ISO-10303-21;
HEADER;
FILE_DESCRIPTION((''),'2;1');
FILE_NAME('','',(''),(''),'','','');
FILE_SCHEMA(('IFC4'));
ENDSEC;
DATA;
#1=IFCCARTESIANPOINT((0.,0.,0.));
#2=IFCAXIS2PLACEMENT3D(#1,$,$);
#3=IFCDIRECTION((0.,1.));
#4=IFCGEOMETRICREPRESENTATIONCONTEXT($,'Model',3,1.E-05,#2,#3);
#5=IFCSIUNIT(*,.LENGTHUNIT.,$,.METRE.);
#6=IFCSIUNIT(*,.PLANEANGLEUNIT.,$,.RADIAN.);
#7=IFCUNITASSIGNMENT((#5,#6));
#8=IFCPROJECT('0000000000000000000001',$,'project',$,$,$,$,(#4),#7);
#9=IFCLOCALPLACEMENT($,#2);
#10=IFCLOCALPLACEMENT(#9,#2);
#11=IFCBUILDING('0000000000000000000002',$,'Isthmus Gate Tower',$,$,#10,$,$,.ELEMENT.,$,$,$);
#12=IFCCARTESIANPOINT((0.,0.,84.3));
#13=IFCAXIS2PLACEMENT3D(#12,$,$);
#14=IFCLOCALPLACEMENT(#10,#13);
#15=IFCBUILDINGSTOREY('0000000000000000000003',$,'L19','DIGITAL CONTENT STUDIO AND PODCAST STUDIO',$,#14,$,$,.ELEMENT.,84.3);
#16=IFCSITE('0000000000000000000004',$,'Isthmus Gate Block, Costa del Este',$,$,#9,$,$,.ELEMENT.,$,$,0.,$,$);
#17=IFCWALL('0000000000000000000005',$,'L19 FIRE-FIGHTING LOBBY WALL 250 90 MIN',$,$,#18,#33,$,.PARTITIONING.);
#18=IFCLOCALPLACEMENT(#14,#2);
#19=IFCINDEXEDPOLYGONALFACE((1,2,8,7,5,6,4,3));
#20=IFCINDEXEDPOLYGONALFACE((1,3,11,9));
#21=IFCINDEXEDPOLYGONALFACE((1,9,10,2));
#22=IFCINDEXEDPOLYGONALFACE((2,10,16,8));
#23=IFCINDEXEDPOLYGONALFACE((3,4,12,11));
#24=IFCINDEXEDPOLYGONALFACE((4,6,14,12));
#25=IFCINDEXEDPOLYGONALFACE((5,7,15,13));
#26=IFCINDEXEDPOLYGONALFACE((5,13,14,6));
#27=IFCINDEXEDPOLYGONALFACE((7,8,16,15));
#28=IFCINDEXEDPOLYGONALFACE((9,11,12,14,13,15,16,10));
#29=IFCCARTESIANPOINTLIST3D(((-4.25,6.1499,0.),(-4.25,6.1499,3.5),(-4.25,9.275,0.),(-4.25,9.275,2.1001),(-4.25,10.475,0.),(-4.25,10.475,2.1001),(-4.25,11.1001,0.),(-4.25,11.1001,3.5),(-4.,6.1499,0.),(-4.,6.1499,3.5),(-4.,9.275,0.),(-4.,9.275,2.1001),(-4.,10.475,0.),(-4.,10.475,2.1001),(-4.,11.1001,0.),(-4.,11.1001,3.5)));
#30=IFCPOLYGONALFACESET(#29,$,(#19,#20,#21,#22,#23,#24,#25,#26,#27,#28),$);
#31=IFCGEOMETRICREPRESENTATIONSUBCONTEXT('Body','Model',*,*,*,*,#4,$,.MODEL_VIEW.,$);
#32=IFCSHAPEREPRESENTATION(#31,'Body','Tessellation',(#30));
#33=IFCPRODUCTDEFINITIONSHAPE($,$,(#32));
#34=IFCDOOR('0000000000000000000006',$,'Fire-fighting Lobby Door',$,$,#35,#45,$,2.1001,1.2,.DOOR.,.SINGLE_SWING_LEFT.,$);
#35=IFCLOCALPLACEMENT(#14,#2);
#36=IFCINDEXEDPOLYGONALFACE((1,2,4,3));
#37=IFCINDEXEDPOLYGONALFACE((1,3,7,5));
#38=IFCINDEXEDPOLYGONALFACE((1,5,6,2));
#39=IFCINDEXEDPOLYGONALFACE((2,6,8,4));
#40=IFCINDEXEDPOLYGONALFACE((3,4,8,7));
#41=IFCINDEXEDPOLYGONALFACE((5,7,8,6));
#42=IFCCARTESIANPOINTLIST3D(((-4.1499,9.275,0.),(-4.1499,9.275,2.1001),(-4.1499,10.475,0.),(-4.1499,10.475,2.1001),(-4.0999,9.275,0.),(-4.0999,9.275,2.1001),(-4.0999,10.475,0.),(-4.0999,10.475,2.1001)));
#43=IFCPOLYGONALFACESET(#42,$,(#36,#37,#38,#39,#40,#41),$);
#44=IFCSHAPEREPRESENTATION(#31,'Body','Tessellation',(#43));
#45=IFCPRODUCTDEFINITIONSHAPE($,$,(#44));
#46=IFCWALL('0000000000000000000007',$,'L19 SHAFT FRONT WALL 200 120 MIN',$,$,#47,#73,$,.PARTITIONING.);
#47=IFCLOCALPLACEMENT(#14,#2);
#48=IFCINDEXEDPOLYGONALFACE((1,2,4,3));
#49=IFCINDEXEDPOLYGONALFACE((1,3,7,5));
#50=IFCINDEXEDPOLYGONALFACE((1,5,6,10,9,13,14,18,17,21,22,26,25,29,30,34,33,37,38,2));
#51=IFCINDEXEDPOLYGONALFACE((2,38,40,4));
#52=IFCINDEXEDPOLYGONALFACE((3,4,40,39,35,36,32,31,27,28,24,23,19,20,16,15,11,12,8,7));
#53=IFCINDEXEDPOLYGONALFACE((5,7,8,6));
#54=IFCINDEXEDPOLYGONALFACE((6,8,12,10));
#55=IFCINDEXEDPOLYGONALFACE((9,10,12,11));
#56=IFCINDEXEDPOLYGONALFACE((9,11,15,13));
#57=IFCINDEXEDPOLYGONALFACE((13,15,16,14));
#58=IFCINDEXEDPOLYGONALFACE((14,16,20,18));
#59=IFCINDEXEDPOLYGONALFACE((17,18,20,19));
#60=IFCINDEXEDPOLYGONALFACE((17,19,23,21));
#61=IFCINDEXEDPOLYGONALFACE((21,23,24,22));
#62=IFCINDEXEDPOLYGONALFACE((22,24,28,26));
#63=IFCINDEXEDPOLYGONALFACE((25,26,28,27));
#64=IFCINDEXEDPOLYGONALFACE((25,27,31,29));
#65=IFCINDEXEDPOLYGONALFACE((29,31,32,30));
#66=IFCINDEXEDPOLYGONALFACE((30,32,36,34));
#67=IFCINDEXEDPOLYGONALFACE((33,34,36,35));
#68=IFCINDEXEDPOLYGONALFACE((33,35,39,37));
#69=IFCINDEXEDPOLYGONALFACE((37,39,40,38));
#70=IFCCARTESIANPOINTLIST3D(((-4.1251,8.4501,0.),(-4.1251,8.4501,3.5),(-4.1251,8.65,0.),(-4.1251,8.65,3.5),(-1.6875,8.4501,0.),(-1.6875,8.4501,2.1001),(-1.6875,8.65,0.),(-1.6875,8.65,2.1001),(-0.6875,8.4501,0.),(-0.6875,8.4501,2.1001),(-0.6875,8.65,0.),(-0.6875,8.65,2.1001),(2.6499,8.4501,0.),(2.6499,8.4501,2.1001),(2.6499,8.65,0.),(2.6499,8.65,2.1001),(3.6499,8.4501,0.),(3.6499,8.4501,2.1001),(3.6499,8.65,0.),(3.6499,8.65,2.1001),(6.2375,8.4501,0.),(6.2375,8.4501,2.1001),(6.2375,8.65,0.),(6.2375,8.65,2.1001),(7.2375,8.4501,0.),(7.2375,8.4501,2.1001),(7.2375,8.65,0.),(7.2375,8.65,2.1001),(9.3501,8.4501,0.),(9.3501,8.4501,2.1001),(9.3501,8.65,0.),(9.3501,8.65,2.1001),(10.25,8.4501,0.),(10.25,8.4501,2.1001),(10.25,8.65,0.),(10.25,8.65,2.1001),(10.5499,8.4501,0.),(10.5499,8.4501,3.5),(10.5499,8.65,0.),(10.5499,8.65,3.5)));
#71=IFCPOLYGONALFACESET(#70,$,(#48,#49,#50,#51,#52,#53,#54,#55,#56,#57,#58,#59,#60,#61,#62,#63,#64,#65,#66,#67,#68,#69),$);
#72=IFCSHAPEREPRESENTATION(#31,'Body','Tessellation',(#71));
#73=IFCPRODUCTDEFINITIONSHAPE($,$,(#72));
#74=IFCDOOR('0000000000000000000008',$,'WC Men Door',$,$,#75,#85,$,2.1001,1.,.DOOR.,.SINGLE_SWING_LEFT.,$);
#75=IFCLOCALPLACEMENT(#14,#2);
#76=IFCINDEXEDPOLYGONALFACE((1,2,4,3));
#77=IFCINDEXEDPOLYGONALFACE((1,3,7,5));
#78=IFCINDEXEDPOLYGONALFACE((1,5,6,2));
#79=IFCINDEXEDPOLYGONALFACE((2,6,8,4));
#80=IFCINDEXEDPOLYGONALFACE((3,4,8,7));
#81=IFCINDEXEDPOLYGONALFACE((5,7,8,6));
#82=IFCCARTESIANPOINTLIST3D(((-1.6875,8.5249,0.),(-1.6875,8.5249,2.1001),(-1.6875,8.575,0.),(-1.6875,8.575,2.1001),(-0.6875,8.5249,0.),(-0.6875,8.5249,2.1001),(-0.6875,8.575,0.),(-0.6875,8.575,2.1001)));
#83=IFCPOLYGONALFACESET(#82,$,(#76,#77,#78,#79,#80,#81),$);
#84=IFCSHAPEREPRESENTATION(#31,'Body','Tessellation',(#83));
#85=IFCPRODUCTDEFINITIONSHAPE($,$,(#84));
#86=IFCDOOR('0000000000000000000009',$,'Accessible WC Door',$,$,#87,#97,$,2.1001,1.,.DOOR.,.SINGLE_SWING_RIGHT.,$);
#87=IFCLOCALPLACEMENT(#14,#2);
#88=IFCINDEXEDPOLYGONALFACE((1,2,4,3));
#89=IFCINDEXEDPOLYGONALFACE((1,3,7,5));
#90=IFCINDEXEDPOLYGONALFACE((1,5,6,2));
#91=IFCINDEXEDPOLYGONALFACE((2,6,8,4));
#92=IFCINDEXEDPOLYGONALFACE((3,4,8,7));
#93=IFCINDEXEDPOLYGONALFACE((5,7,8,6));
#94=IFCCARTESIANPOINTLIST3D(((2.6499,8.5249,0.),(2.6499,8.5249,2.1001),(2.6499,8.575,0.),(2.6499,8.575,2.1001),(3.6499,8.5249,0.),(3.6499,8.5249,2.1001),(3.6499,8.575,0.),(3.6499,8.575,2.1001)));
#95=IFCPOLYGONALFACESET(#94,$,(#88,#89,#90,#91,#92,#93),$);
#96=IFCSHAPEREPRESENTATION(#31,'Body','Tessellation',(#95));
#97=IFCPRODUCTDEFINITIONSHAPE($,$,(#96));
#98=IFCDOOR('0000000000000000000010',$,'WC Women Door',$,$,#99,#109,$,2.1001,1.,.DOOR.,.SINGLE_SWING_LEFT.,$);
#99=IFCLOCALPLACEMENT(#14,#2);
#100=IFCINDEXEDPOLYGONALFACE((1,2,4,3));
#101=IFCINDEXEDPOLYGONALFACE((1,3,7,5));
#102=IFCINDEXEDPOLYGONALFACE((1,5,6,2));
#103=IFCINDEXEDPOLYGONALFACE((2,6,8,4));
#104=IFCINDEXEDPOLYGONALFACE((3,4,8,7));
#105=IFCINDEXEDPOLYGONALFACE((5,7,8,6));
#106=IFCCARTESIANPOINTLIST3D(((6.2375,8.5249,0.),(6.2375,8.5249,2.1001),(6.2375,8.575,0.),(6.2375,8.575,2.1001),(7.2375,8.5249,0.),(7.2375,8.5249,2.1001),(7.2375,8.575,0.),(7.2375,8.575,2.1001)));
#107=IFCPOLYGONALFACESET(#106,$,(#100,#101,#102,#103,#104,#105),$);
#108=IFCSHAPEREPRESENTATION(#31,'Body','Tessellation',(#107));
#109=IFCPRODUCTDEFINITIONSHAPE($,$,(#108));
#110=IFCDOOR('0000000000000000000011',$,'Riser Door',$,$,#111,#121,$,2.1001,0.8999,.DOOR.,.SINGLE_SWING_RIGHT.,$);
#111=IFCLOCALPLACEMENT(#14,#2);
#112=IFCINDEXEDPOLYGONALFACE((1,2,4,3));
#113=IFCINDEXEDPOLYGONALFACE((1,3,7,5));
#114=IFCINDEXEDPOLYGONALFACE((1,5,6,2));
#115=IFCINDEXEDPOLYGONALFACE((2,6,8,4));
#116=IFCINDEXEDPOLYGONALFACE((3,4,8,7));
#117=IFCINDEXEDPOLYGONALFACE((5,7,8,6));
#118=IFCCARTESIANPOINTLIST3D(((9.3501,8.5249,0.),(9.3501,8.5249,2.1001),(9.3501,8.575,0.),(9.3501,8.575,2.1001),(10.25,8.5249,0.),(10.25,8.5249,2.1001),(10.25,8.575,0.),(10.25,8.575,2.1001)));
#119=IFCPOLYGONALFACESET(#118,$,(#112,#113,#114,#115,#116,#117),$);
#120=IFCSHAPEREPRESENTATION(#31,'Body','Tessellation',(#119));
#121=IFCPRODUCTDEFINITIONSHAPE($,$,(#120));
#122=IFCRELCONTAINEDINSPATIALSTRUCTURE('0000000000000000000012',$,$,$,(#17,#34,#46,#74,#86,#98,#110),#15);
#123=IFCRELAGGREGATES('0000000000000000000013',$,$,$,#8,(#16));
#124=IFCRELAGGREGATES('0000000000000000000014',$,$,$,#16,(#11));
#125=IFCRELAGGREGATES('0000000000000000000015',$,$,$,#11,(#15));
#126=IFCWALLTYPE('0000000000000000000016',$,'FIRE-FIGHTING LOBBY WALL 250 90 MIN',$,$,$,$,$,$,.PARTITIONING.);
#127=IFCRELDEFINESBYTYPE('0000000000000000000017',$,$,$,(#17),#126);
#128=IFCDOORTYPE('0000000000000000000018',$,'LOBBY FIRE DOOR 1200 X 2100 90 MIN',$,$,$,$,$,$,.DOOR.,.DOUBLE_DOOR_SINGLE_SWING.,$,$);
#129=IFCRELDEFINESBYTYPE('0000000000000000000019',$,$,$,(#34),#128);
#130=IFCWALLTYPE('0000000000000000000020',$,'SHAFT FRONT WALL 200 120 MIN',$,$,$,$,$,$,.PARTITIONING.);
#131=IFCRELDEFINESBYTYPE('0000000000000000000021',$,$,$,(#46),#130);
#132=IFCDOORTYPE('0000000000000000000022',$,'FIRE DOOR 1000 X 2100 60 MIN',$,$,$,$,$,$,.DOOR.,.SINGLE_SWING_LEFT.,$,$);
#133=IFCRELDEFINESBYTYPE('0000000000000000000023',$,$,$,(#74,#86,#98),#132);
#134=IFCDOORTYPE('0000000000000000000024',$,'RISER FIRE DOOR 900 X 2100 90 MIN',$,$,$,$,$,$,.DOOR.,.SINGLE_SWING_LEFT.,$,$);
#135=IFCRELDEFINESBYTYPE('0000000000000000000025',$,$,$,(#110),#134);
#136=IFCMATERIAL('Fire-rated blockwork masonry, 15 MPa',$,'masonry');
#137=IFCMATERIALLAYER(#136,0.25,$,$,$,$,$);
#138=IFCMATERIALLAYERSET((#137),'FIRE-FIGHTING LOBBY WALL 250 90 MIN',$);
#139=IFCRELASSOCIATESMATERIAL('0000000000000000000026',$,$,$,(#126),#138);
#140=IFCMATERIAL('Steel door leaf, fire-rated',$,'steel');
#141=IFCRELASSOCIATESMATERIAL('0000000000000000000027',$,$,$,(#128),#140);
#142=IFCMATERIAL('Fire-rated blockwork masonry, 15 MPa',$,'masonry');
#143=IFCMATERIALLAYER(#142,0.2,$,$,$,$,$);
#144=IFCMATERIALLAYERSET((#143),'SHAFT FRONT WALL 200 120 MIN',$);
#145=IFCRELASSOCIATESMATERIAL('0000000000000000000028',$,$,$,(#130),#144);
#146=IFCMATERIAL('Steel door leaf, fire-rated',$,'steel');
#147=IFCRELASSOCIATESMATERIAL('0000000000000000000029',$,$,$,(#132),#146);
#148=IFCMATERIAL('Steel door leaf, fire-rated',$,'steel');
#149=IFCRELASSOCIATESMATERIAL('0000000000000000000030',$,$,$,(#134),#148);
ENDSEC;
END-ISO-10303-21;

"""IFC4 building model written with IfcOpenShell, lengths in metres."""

from ifc_helpers import new_model, si_unit, direction, frame, frame_2d, origin, place, context, subcontext, project, spatial, rectangle, extrude, material, layer, layer_set, type_object, element, fill, save


model = new_model("IFC4")

# Units and contexts
model_context = context("Model", 3, precision=1e-05, world=origin(), true_north=direction((0.0, 1.0)))
body_context = subcontext(model_context, "Body", "Model", "MODEL_VIEW")
ifc_project = project(units=[si_unit("LENGTHUNIT", "METRE"), si_unit("PLANEANGLEUNIT", "RADIAN")], contexts=[model_context])

# Site, building, storey
site_placement = place(None, origin())
site = spatial("IfcSite", under=ifc_project, at=site_placement, Name="Isthmus Gate Block, Costa del Este", CompositionType="ELEMENT", RefElevation=0.0)
building_placement = place(site_placement, origin())
building = spatial("IfcBuilding", under=site, at=building_placement, Name="Isthmus Gate Tower", CompositionType="ELEMENT")
storey_placement = place(building_placement, frame((0.0, 0.0, 84.3)))
storey = spatial("IfcBuildingStorey", under=building, at=storey_placement, Name="L19", Description="DIGITAL CONTENT STUDIO AND PODCAST STUDIO", CompositionType="ELEMENT", Elevation=84.3)

# Wall, opening, door
ifc_material_1 = material(Name="Fire-rated blockwork masonry, 15 MPa", Category="masonry")
ifc_layer_1 = layer(ifc_material_1, 0.25)
ifc_layer_set_1 = layer_set([ifc_layer_1], Name="FIRE-FIGHTING LOBBY WALL 250 90 MIN")
wall_type_1 = type_object("IfcWallType", Name="FIRE-FIGHTING LOBBY WALL 250 90 MIN", PredefinedType="PARTITIONING", material=ifc_layer_set_1)
wall_1_placement = place(storey_placement, frame((-4.125, 6.1499, 0.0), z_axis=(0.0, 0.0, 1.0), x_axis=(0.0, 1.0, 0.0)))
wall_1 = element("IfcWall", 1, at=wall_1_placement, inside=storey, type_object=wall_type_1, Name="L19 FIRE-FIGHTING LOBBY WALL 250 90 MIN", PredefinedType="PARTITIONING", context=body_context, shape_type="SweptSolid", body=[
    extrude(rectangle(XDim=4.9502, YDim=0.25, at=frame_2d((2.4751, 0.0))), origin(), (0.0, 0.0, 1.0), 3.5),
])
opening_1_placement = place(wall_1_placement, frame((3.125, 0.0, 0.0)))
opening_1 = element("IfcOpeningElement", 2, at=opening_1_placement, cuts=wall_1, PredefinedType="OPENING", context=body_context, shape_type="SweptSolid", body=[
    extrude(rectangle(XDim=1.2, YDim=2.1001, at=frame_2d((0.6001, 1.05))), frame((0.0, 0.135, 0.0), z_axis=(0.0, -1.0, 0.0), x_axis=(1.0, 0.0, 0.0)), (0.0, 0.0, 1.0), 0.27),
])
ifc_material_2 = material(Name="Steel door leaf, fire-rated", Category="steel")
door_type_1 = type_object("IfcDoorType", Name="LOBBY FIRE DOOR 1200 X 2100 90 MIN", OperationType="DOUBLE_DOOR_SINGLE_SWING", PredefinedType="DOOR", material=ifc_material_2)
door_1_placement = place(opening_1_placement, origin())
door_1 = element("IfcDoor", 3, at=door_1_placement, inside=storey, type_object=door_type_1, Name="Fire-fighting Lobby Door", OperationType="SINGLE_SWING_LEFT", OverallHeight=2.1001, OverallWidth=1.2, PredefinedType="DOOR", context=body_context, shape_type="SweptSolid", body=[
    extrude(rectangle(XDim=1.2, YDim=2.1001, at=frame_2d((0.6001, 1.05))), frame((0.0, 0.0249, 0.0), z_axis=(0.0, -1.0, 0.0), x_axis=(1.0, 0.0, 0.0)), (0.0, 0.0, 1.0), 0.05),
])
fill(opening_1, door_1)

# Wall, openings, doors
ifc_material_3 = material(Name="Fire-rated blockwork masonry, 15 MPa", Category="masonry")
ifc_layer_2 = layer(ifc_material_3, 0.2)
ifc_layer_set_2 = layer_set([ifc_layer_2], Name="SHAFT FRONT WALL 200 120 MIN")
wall_type_2 = type_object("IfcWallType", Name="SHAFT FRONT WALL 200 120 MIN", PredefinedType="PARTITIONING", material=ifc_layer_set_2)
wall_2_placement = place(storey_placement, frame((-4.125, 8.55, 0.0), z_axis=(0.0, 0.0, 1.0), x_axis=(1.0, 0.0, 0.0)))
wall_2 = element("IfcWall", 4, at=wall_2_placement, inside=storey, type_object=wall_type_2, Name="L19 SHAFT FRONT WALL 200 120 MIN", PredefinedType="PARTITIONING", context=body_context, shape_type="SweptSolid", body=[
    extrude(rectangle(XDim=14.675, YDim=0.2, at=frame_2d((7.3374, 0.0))), origin(), (0.0, 0.0, 1.0), 3.5),
])
opening_2_placement = place(wall_2_placement, frame((2.4375, 0.0, 0.0)))
opening_2 = element("IfcOpeningElement", 5, at=opening_2_placement, cuts=wall_2, PredefinedType="OPENING", context=body_context, shape_type="SweptSolid", body=[
    extrude(rectangle(XDim=1.0, YDim=2.1001, at=frame_2d((0.5, 1.05))), frame((0.0, 0.1099, 0.0), z_axis=(0.0, -1.0, 0.0), x_axis=(1.0, 0.0, 0.0)), (0.0, 0.0, 1.0), 0.22),
])
opening_3_placement = place(wall_2_placement, frame((6.7749, 0.0, 0.0)))
opening_3 = element("IfcOpeningElement", 6, at=opening_3_placement, cuts=wall_2, PredefinedType="OPENING", context=body_context, shape_type="SweptSolid", body=[
    extrude(rectangle(XDim=1.0, YDim=2.1001, at=frame_2d((0.5, 1.05))), frame((0.0, 0.1099, 0.0), z_axis=(0.0, -1.0, 0.0), x_axis=(1.0, 0.0, 0.0)), (0.0, 0.0, 1.0), 0.22),
])
opening_4_placement = place(wall_2_placement, frame((10.3625, 0.0, 0.0)))
opening_4 = element("IfcOpeningElement", 7, at=opening_4_placement, cuts=wall_2, PredefinedType="OPENING", context=body_context, shape_type="SweptSolid", body=[
    extrude(rectangle(XDim=1.0, YDim=2.1001, at=frame_2d((0.5, 1.05))), frame((0.0, 0.1099, 0.0), z_axis=(0.0, -1.0, 0.0), x_axis=(1.0, 0.0, 0.0)), (0.0, 0.0, 1.0), 0.22),
])
opening_5_placement = place(wall_2_placement, frame((13.4751, 0.0, 0.0)))
opening_5 = element("IfcOpeningElement", 8, at=opening_5_placement, cuts=wall_2, PredefinedType="OPENING", context=body_context, shape_type="SweptSolid", body=[
    extrude(rectangle(XDim=0.8999, YDim=2.1001, at=frame_2d((0.45, 1.05))), frame((0.0, 0.1099, 0.0), z_axis=(0.0, -1.0, 0.0), x_axis=(1.0, 0.0, 0.0)), (0.0, 0.0, 1.0), 0.22),
])
ifc_material_4 = material(Name="Steel door leaf, fire-rated", Category="steel")
door_type_2 = type_object("IfcDoorType", Name="FIRE DOOR 1000 X 2100 60 MIN", OperationType="SINGLE_SWING_LEFT", PredefinedType="DOOR", material=ifc_material_4)
door_2_placement = place(opening_2_placement, origin())
door_2 = element("IfcDoor", 9, at=door_2_placement, inside=storey, type_object=door_type_2, Name="WC Men Door", OperationType="SINGLE_SWING_LEFT", OverallHeight=2.1001, OverallWidth=1.0, PredefinedType="DOOR", context=body_context, shape_type="SweptSolid", body=[
    extrude(rectangle(XDim=1.0, YDim=2.1001, at=frame_2d((0.5, 1.05))), frame((0.0, 0.0249, 0.0), z_axis=(0.0, -1.0, 0.0), x_axis=(1.0, 0.0, 0.0)), (0.0, 0.0, 1.0), 0.05),
])
fill(opening_2, door_2)
door_3_placement = place(opening_3_placement, origin())
door_3 = element("IfcDoor", 10, at=door_3_placement, inside=storey, type_object=door_type_2, Name="Accessible WC Door", OperationType="SINGLE_SWING_RIGHT", OverallHeight=2.1001, OverallWidth=1.0, PredefinedType="DOOR", context=body_context, shape_type="SweptSolid", body=[
    extrude(rectangle(XDim=1.0, YDim=2.1001, at=frame_2d((0.5, 1.05))), frame((0.0, 0.0249, 0.0), z_axis=(0.0, -1.0, 0.0), x_axis=(1.0, 0.0, 0.0)), (0.0, 0.0, 1.0), 0.05),
])
fill(opening_3, door_3)
door_4_placement = place(opening_4_placement, origin())
door_4 = element("IfcDoor", 11, at=door_4_placement, inside=storey, type_object=door_type_2, Name="WC Women Door", OperationType="SINGLE_SWING_LEFT", OverallHeight=2.1001, OverallWidth=1.0, PredefinedType="DOOR", context=body_context, shape_type="SweptSolid", body=[
    extrude(rectangle(XDim=1.0, YDim=2.1001, at=frame_2d((0.5, 1.05))), frame((0.0, 0.0249, 0.0), z_axis=(0.0, -1.0, 0.0), x_axis=(1.0, 0.0, 0.0)), (0.0, 0.0, 1.0), 0.05),
])
fill(opening_4, door_4)
ifc_material_5 = material(Name="Steel door leaf, fire-rated", Category="steel")
door_type_3 = type_object("IfcDoorType", Name="RISER FIRE DOOR 900 X 2100 90 MIN", OperationType="SINGLE_SWING_LEFT", PredefinedType="DOOR", material=ifc_material_5)
door_5_placement = place(opening_5_placement, origin())
door_5 = element("IfcDoor", 12, at=door_5_placement, inside=storey, type_object=door_type_3, Name="Riser Door", OperationType="SINGLE_SWING_RIGHT", OverallHeight=2.1001, OverallWidth=0.8999, PredefinedType="DOOR", context=body_context, shape_type="SweptSolid", body=[
    extrude(rectangle(XDim=0.8999, YDim=2.1001, at=frame_2d((0.45, 1.05))), frame((0.0, 0.0249, 0.0), z_axis=(0.0, -1.0, 0.0), x_axis=(1.0, 0.0, 0.0)), (0.0, 0.0, 1.0), 0.05),
])
fill(opening_5, door_5)

save(model, "model.ifc")
